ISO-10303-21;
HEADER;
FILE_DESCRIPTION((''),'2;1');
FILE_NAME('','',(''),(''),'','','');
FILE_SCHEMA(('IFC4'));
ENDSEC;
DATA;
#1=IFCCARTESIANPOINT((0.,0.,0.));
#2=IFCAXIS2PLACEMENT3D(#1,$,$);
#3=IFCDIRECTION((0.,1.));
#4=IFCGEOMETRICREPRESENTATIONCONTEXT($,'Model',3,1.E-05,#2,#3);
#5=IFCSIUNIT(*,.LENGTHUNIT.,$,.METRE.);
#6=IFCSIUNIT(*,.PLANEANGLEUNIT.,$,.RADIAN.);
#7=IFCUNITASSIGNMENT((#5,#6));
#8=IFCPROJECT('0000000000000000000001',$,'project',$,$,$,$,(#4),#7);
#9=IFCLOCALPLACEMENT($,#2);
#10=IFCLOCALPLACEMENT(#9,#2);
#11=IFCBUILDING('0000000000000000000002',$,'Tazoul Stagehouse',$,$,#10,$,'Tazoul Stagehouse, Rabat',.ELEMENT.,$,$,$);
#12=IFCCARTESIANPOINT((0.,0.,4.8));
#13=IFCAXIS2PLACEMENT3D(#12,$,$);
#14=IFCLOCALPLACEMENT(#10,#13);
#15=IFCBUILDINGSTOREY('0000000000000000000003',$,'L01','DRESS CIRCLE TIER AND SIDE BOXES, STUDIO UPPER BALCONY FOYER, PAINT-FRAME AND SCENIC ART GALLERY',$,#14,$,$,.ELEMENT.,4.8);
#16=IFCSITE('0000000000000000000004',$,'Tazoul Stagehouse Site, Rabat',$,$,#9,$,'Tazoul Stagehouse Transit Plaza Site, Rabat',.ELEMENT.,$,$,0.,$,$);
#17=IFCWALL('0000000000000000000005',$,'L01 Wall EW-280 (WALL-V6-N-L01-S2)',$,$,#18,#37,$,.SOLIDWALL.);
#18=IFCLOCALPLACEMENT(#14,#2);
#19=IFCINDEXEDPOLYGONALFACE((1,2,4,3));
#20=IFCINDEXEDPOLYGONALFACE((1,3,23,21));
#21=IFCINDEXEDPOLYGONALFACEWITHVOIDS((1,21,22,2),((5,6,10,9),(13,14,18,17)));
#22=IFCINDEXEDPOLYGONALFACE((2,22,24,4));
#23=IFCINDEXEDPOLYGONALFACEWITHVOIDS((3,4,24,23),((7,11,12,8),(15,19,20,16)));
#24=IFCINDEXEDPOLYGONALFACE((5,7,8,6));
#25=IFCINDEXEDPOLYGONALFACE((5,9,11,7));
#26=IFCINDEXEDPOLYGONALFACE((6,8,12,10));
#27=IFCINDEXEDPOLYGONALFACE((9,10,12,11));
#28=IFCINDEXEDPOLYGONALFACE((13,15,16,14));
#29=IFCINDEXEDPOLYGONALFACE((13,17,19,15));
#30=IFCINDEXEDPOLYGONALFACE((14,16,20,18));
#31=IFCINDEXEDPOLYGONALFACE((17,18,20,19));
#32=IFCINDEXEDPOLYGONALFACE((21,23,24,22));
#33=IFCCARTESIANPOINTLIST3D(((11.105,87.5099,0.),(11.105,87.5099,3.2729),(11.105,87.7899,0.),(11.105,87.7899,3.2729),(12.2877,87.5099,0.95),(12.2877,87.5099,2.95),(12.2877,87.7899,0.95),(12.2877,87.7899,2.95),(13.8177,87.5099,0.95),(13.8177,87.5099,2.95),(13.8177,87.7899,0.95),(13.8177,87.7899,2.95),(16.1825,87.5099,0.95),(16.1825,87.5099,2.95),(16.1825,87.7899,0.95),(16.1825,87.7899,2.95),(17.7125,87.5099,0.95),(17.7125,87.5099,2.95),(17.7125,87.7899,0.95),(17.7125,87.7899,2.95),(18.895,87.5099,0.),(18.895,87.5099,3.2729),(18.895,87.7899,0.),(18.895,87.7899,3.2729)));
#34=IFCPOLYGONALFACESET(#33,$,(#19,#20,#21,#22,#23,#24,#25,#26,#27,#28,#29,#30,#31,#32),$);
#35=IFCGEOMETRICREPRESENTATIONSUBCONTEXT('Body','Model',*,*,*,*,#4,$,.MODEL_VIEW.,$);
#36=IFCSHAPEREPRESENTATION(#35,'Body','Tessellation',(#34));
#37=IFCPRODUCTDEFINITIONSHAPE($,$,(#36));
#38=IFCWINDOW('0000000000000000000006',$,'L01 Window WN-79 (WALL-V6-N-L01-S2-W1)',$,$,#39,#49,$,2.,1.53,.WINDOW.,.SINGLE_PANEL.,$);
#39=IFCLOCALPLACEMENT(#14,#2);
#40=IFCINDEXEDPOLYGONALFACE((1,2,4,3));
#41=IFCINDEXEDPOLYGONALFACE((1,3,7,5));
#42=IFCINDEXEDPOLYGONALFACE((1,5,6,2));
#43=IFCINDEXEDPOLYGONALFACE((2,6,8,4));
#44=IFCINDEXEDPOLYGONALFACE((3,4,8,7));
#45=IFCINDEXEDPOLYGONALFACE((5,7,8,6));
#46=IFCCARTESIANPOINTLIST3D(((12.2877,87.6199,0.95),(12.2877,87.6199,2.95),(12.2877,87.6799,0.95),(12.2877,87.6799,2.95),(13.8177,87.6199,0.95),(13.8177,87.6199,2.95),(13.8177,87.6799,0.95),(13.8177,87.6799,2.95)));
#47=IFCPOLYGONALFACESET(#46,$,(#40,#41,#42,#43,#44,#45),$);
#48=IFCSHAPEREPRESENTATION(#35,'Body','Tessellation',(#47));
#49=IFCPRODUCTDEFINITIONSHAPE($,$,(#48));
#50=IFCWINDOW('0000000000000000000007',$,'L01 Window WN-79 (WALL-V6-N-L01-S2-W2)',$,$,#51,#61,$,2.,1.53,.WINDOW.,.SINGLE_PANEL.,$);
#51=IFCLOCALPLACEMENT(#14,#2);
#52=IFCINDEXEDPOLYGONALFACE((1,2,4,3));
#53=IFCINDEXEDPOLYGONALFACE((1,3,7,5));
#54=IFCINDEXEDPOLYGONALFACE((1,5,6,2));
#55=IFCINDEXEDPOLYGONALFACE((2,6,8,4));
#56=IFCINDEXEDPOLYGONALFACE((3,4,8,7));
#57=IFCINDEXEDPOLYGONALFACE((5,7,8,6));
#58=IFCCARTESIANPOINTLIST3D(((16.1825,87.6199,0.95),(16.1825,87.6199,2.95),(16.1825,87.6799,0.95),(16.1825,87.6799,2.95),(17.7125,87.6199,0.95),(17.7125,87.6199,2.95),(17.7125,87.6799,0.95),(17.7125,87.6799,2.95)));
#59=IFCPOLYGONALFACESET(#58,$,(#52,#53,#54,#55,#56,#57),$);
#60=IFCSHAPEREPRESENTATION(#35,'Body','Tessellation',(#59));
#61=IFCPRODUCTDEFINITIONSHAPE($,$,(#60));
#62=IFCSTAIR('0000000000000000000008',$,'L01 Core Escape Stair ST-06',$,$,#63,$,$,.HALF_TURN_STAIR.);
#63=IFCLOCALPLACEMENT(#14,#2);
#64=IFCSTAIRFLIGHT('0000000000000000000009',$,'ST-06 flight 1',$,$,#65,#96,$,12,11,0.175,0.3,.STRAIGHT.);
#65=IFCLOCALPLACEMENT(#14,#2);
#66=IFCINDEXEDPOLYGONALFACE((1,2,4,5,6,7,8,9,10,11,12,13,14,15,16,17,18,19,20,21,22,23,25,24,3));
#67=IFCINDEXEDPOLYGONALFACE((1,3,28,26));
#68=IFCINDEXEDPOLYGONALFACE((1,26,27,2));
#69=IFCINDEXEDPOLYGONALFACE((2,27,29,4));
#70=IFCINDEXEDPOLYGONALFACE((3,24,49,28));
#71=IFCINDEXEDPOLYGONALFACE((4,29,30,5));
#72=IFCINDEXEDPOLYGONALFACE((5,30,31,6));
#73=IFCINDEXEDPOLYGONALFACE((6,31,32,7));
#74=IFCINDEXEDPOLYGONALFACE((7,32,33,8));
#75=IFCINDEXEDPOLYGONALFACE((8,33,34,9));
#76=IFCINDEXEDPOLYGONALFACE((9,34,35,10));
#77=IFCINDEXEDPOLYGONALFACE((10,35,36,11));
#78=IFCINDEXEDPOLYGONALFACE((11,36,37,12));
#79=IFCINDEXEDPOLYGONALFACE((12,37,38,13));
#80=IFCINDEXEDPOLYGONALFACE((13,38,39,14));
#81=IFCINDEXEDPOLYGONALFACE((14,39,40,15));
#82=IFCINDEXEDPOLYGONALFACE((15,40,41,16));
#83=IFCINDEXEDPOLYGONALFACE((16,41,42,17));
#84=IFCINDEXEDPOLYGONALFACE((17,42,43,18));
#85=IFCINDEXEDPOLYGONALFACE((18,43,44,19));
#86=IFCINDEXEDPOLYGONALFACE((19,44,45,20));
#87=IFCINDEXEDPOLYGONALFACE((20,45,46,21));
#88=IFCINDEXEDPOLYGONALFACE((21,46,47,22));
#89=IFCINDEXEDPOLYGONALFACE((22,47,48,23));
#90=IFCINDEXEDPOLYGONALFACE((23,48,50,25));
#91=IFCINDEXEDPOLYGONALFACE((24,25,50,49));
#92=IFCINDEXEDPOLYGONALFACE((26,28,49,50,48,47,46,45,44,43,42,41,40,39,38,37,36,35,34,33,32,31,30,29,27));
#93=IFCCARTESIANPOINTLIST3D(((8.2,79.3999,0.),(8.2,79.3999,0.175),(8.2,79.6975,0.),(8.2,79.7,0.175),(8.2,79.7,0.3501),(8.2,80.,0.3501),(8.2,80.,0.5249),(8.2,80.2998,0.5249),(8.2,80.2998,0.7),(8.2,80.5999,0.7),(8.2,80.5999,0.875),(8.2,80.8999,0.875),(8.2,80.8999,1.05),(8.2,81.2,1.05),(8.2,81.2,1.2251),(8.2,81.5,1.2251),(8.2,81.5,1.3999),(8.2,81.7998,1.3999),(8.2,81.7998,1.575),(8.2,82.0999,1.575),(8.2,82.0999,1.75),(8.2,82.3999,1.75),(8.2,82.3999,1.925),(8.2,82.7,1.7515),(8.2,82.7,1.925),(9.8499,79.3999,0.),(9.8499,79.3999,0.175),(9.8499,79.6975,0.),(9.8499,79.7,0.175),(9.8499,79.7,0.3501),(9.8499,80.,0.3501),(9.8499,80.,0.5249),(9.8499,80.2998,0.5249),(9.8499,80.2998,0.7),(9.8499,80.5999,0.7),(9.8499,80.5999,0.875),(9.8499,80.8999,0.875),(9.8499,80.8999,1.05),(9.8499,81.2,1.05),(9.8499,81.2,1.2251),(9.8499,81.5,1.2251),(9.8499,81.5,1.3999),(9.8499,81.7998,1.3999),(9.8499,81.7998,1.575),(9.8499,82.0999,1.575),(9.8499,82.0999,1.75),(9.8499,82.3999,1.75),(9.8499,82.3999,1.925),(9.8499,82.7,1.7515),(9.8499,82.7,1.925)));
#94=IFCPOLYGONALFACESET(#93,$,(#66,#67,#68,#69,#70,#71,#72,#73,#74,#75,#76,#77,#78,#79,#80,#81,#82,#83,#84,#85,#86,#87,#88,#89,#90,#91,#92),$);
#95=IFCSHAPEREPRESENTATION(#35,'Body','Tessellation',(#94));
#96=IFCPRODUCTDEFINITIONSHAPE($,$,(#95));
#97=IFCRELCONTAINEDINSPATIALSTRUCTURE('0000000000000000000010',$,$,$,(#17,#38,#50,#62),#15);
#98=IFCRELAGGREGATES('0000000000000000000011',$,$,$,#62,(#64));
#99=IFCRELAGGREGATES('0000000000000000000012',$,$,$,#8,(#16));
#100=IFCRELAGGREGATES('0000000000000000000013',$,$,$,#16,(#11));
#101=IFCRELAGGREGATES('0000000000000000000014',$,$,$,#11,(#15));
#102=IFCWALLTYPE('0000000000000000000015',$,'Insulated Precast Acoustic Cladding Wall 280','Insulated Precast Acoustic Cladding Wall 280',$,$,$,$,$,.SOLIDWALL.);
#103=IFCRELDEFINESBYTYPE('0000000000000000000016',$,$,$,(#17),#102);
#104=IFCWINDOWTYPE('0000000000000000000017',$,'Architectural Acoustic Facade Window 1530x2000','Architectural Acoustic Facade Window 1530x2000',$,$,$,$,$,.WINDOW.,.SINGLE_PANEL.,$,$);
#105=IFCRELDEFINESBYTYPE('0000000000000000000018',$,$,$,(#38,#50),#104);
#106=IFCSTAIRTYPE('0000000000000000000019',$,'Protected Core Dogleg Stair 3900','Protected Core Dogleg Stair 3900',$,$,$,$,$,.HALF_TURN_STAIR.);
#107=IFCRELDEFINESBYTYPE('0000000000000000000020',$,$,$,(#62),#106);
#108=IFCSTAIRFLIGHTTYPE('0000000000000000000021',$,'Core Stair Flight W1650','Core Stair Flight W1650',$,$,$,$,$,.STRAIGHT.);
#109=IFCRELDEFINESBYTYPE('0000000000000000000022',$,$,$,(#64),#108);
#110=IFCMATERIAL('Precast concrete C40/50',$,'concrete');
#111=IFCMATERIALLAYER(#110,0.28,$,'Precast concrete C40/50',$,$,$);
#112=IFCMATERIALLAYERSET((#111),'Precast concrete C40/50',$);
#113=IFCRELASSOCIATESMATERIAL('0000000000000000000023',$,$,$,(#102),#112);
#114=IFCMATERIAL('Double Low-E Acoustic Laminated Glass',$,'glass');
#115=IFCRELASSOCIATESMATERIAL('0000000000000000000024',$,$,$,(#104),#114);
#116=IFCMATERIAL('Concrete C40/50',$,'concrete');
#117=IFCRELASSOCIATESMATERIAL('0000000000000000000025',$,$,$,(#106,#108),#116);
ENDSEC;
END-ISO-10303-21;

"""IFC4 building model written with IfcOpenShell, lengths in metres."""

from ifc_helpers import new_model, si_unit, direction, frame, frame_2d, origin, place, context, subcontext, project, spatial, polyline, rectangle, outline, extrude, material, layer, layer_set, type_object, element, fill, aggregate, save


model = new_model("IFC4")

# Units and contexts
model_context = context("Model", 3, precision=1e-05, world=origin(), true_north=direction((0.0, 1.0)))
body_context = subcontext(model_context, "Body", "Model", "MODEL_VIEW")
ifc_project = project(units=[si_unit("LENGTHUNIT", "METRE"), si_unit("PLANEANGLEUNIT", "RADIAN")], contexts=[model_context])

# Site, building, storey
site_placement = place(None, origin())
site = spatial("IfcSite", under=ifc_project, at=site_placement, Name="Tazoul Stagehouse Site, Rabat", LongName="Tazoul Stagehouse Transit Plaza Site, Rabat", CompositionType="ELEMENT", RefElevation=0.0)
building_placement = place(site_placement, origin())
building = spatial("IfcBuilding", under=site, at=building_placement, Name="Tazoul Stagehouse", LongName="Tazoul Stagehouse, Rabat", CompositionType="ELEMENT")
storey_placement = place(building_placement, frame((0.0, 0.0, 4.8)))
storey = spatial("IfcBuildingStorey", under=building, at=storey_placement, Name="L01", Description="DRESS CIRCLE TIER AND SIDE BOXES, STUDIO UPPER BALCONY FOYER, PAINT-FRAME AND SCENIC ART GALLERY", CompositionType="ELEMENT", Elevation=4.8)

# Shared definitions
ifc_material_1 = material(Name="Concrete C40/50", Category="concrete")

# Wall, openings, windows
ifc_material_2 = material(Name="Precast concrete C40/50", Category="concrete")
ifc_layer_1 = layer(ifc_material_2, 0.28, Name="Precast concrete C40/50")
ifc_layer_set_1 = layer_set([ifc_layer_1], Name="Precast concrete C40/50")
wall_type_1 = type_object("IfcWallType", Name="Insulated Precast Acoustic Cladding Wall 280", Description="Insulated Precast Acoustic Cladding Wall 280", PredefinedType="SOLIDWALL", material=ifc_layer_set_1)
wall_1_placement = place(storey_placement, frame((11.105, 87.6499, 0.0), z_axis=(0.0, 0.0, 1.0), x_axis=(1.0, 0.0, 0.0)))
wall_1 = element("IfcWall", 1, at=wall_1_placement, inside=storey, type_object=wall_type_1, Name="L01 Wall EW-280 (WALL-V6-N-L01-S2)", PredefinedType="SOLIDWALL", context=body_context, shape_type="SweptSolid", body=[
    extrude(rectangle(XDim=7.79, YDim=0.28, at=frame_2d((3.895, 0.0))), origin(), (0.0, 0.0, 1.0), 3.2729),
])
opening_1_placement = place(wall_1_placement, frame((1.1826, 0.0, 0.95)))
opening_1 = element("IfcOpeningElement", 2, at=opening_1_placement, cuts=wall_1, PredefinedType="OPENING", context=body_context, shape_type="SweptSolid", body=[
    extrude(rectangle(XDim=1.53, YDim=2.0, at=frame_2d((0.7651, 1.0))), frame((0.0, 0.1599, 0.0), z_axis=(0.0, -1.0, 0.0), x_axis=(1.0, 0.0, 0.0)), (0.0, 0.0, 1.0), 0.3201),
])
opening_2_placement = place(wall_1_placement, frame((5.0774, 0.0, 0.95)))
opening_2 = element("IfcOpeningElement", 3, at=opening_2_placement, cuts=wall_1, PredefinedType="OPENING", context=body_context, shape_type="SweptSolid", body=[
    extrude(rectangle(XDim=1.53, YDim=2.0, at=frame_2d((0.7651, 1.0))), frame((0.0, 0.1599, 0.0), z_axis=(0.0, -1.0, 0.0), x_axis=(1.0, 0.0, 0.0)), (0.0, 0.0, 1.0), 0.3201),
])
ifc_material_3 = material(Name="Double Low-E Acoustic Laminated Glass", Category="glass")
window_type = type_object("IfcWindowType", Name="Architectural Acoustic Facade Window 1530x2000", Description="Architectural Acoustic Facade Window 1530x2000", PartitioningType="SINGLE_PANEL", PredefinedType="WINDOW", material=ifc_material_3)
window_1_placement = place(opening_1_placement, origin())
window_1 = element("IfcWindow", 4, at=window_1_placement, inside=storey, type_object=window_type, Name="L01 Window WN-79 (WALL-V6-N-L01-S2-W1)", OverallHeight=2.0, OverallWidth=1.53, PartitioningType="SINGLE_PANEL", PredefinedType="WINDOW", context=body_context, shape_type="SweptSolid", body=[
    extrude(rectangle(XDim=1.53, YDim=2.0, at=frame_2d((0.7651, 1.0))), frame((0.0, 0.03, 0.0), z_axis=(0.0, -1.0, 0.0), x_axis=(1.0, 0.0, 0.0)), (0.0, 0.0, 1.0), 0.0601),
])
fill(opening_1, window_1)
window_2_placement = place(opening_2_placement, origin())
window_2 = element("IfcWindow", 5, at=window_2_placement, inside=storey, type_object=window_type, Name="L01 Window WN-79 (WALL-V6-N-L01-S2-W2)", OverallHeight=2.0, OverallWidth=1.53, PartitioningType="SINGLE_PANEL", PredefinedType="WINDOW", context=body_context, shape_type="SweptSolid", body=[
    extrude(rectangle(XDim=1.53, YDim=2.0, at=frame_2d((0.7651, 1.0))), frame((0.0, 0.03, 0.0), z_axis=(0.0, -1.0, 0.0), x_axis=(1.0, 0.0, 0.0)), (0.0, 0.0, 1.0), 0.0601),
])
fill(opening_2, window_2)

# Stair, stair flight
stair_type = type_object("IfcStairType", Name="Protected Core Dogleg Stair 3900", Description="Protected Core Dogleg Stair 3900", PredefinedType="HALF_TURN_STAIR", material=ifc_material_1)
stair_placement = place(storey_placement, origin())
stair = element("IfcStair", 6, at=stair_placement, inside=storey, type_object=stair_type, Name="L01 Core Escape Stair ST-06", PredefinedType="HALF_TURN_STAIR")
stair_flight_type = type_object("IfcStairFlightType", Name="Core Stair Flight W1650", Description="Core Stair Flight W1650", PredefinedType="STRAIGHT", material=ifc_material_1)
stair_flight_placement = place(storey_placement, frame((9.0249, 79.3999, 0.0), z_axis=(0.0, 0.0, 1.0), x_axis=(0.0, 1.0, 0.0)))
stair_flight = element("IfcStairFlight", 7, at=stair_flight_placement, type_object=stair_flight_type, Name="ST-06 flight 1", NumberOfRisers=12, NumberOfTreads=11, PredefinedType="STRAIGHT", RiserHeight=0.175, TreadLength=0.3, context=body_context, shape_type="SweptSolid", body=[
    extrude(outline(polyline([(0.0, 0.0), (0.0, 0.175), (0.3, 0.175), (0.3, 0.3501), (0.6001, 0.3501), (0.6001, 0.5249), (0.8999, 0.5249), (0.8999, 0.7), (1.2, 0.7), (1.2, 0.875), (1.5, 0.875), (1.5, 1.05), (1.8, 1.05), (1.8, 1.2251), (2.1001, 1.2251), (2.1001, 1.3999), (2.3999, 1.3999), (2.3999, 1.575), (2.7, 1.575), (2.7, 1.75), (3.0, 1.75), (3.0, 1.925), (3.3, 1.925), (3.3, 2.1001), (3.3, 1.7515), (0.2976, 0.0), (0.0, 0.0)])), frame((0.0, 0.825, 0.0), z_axis=(0.0, -1.0, 0.0), x_axis=(1.0, 0.0, 0.0)), (0.0, 0.0, 1.0), 1.6499),
])
aggregate(stair, [stair_flight])

save(model, "model.ifc")
